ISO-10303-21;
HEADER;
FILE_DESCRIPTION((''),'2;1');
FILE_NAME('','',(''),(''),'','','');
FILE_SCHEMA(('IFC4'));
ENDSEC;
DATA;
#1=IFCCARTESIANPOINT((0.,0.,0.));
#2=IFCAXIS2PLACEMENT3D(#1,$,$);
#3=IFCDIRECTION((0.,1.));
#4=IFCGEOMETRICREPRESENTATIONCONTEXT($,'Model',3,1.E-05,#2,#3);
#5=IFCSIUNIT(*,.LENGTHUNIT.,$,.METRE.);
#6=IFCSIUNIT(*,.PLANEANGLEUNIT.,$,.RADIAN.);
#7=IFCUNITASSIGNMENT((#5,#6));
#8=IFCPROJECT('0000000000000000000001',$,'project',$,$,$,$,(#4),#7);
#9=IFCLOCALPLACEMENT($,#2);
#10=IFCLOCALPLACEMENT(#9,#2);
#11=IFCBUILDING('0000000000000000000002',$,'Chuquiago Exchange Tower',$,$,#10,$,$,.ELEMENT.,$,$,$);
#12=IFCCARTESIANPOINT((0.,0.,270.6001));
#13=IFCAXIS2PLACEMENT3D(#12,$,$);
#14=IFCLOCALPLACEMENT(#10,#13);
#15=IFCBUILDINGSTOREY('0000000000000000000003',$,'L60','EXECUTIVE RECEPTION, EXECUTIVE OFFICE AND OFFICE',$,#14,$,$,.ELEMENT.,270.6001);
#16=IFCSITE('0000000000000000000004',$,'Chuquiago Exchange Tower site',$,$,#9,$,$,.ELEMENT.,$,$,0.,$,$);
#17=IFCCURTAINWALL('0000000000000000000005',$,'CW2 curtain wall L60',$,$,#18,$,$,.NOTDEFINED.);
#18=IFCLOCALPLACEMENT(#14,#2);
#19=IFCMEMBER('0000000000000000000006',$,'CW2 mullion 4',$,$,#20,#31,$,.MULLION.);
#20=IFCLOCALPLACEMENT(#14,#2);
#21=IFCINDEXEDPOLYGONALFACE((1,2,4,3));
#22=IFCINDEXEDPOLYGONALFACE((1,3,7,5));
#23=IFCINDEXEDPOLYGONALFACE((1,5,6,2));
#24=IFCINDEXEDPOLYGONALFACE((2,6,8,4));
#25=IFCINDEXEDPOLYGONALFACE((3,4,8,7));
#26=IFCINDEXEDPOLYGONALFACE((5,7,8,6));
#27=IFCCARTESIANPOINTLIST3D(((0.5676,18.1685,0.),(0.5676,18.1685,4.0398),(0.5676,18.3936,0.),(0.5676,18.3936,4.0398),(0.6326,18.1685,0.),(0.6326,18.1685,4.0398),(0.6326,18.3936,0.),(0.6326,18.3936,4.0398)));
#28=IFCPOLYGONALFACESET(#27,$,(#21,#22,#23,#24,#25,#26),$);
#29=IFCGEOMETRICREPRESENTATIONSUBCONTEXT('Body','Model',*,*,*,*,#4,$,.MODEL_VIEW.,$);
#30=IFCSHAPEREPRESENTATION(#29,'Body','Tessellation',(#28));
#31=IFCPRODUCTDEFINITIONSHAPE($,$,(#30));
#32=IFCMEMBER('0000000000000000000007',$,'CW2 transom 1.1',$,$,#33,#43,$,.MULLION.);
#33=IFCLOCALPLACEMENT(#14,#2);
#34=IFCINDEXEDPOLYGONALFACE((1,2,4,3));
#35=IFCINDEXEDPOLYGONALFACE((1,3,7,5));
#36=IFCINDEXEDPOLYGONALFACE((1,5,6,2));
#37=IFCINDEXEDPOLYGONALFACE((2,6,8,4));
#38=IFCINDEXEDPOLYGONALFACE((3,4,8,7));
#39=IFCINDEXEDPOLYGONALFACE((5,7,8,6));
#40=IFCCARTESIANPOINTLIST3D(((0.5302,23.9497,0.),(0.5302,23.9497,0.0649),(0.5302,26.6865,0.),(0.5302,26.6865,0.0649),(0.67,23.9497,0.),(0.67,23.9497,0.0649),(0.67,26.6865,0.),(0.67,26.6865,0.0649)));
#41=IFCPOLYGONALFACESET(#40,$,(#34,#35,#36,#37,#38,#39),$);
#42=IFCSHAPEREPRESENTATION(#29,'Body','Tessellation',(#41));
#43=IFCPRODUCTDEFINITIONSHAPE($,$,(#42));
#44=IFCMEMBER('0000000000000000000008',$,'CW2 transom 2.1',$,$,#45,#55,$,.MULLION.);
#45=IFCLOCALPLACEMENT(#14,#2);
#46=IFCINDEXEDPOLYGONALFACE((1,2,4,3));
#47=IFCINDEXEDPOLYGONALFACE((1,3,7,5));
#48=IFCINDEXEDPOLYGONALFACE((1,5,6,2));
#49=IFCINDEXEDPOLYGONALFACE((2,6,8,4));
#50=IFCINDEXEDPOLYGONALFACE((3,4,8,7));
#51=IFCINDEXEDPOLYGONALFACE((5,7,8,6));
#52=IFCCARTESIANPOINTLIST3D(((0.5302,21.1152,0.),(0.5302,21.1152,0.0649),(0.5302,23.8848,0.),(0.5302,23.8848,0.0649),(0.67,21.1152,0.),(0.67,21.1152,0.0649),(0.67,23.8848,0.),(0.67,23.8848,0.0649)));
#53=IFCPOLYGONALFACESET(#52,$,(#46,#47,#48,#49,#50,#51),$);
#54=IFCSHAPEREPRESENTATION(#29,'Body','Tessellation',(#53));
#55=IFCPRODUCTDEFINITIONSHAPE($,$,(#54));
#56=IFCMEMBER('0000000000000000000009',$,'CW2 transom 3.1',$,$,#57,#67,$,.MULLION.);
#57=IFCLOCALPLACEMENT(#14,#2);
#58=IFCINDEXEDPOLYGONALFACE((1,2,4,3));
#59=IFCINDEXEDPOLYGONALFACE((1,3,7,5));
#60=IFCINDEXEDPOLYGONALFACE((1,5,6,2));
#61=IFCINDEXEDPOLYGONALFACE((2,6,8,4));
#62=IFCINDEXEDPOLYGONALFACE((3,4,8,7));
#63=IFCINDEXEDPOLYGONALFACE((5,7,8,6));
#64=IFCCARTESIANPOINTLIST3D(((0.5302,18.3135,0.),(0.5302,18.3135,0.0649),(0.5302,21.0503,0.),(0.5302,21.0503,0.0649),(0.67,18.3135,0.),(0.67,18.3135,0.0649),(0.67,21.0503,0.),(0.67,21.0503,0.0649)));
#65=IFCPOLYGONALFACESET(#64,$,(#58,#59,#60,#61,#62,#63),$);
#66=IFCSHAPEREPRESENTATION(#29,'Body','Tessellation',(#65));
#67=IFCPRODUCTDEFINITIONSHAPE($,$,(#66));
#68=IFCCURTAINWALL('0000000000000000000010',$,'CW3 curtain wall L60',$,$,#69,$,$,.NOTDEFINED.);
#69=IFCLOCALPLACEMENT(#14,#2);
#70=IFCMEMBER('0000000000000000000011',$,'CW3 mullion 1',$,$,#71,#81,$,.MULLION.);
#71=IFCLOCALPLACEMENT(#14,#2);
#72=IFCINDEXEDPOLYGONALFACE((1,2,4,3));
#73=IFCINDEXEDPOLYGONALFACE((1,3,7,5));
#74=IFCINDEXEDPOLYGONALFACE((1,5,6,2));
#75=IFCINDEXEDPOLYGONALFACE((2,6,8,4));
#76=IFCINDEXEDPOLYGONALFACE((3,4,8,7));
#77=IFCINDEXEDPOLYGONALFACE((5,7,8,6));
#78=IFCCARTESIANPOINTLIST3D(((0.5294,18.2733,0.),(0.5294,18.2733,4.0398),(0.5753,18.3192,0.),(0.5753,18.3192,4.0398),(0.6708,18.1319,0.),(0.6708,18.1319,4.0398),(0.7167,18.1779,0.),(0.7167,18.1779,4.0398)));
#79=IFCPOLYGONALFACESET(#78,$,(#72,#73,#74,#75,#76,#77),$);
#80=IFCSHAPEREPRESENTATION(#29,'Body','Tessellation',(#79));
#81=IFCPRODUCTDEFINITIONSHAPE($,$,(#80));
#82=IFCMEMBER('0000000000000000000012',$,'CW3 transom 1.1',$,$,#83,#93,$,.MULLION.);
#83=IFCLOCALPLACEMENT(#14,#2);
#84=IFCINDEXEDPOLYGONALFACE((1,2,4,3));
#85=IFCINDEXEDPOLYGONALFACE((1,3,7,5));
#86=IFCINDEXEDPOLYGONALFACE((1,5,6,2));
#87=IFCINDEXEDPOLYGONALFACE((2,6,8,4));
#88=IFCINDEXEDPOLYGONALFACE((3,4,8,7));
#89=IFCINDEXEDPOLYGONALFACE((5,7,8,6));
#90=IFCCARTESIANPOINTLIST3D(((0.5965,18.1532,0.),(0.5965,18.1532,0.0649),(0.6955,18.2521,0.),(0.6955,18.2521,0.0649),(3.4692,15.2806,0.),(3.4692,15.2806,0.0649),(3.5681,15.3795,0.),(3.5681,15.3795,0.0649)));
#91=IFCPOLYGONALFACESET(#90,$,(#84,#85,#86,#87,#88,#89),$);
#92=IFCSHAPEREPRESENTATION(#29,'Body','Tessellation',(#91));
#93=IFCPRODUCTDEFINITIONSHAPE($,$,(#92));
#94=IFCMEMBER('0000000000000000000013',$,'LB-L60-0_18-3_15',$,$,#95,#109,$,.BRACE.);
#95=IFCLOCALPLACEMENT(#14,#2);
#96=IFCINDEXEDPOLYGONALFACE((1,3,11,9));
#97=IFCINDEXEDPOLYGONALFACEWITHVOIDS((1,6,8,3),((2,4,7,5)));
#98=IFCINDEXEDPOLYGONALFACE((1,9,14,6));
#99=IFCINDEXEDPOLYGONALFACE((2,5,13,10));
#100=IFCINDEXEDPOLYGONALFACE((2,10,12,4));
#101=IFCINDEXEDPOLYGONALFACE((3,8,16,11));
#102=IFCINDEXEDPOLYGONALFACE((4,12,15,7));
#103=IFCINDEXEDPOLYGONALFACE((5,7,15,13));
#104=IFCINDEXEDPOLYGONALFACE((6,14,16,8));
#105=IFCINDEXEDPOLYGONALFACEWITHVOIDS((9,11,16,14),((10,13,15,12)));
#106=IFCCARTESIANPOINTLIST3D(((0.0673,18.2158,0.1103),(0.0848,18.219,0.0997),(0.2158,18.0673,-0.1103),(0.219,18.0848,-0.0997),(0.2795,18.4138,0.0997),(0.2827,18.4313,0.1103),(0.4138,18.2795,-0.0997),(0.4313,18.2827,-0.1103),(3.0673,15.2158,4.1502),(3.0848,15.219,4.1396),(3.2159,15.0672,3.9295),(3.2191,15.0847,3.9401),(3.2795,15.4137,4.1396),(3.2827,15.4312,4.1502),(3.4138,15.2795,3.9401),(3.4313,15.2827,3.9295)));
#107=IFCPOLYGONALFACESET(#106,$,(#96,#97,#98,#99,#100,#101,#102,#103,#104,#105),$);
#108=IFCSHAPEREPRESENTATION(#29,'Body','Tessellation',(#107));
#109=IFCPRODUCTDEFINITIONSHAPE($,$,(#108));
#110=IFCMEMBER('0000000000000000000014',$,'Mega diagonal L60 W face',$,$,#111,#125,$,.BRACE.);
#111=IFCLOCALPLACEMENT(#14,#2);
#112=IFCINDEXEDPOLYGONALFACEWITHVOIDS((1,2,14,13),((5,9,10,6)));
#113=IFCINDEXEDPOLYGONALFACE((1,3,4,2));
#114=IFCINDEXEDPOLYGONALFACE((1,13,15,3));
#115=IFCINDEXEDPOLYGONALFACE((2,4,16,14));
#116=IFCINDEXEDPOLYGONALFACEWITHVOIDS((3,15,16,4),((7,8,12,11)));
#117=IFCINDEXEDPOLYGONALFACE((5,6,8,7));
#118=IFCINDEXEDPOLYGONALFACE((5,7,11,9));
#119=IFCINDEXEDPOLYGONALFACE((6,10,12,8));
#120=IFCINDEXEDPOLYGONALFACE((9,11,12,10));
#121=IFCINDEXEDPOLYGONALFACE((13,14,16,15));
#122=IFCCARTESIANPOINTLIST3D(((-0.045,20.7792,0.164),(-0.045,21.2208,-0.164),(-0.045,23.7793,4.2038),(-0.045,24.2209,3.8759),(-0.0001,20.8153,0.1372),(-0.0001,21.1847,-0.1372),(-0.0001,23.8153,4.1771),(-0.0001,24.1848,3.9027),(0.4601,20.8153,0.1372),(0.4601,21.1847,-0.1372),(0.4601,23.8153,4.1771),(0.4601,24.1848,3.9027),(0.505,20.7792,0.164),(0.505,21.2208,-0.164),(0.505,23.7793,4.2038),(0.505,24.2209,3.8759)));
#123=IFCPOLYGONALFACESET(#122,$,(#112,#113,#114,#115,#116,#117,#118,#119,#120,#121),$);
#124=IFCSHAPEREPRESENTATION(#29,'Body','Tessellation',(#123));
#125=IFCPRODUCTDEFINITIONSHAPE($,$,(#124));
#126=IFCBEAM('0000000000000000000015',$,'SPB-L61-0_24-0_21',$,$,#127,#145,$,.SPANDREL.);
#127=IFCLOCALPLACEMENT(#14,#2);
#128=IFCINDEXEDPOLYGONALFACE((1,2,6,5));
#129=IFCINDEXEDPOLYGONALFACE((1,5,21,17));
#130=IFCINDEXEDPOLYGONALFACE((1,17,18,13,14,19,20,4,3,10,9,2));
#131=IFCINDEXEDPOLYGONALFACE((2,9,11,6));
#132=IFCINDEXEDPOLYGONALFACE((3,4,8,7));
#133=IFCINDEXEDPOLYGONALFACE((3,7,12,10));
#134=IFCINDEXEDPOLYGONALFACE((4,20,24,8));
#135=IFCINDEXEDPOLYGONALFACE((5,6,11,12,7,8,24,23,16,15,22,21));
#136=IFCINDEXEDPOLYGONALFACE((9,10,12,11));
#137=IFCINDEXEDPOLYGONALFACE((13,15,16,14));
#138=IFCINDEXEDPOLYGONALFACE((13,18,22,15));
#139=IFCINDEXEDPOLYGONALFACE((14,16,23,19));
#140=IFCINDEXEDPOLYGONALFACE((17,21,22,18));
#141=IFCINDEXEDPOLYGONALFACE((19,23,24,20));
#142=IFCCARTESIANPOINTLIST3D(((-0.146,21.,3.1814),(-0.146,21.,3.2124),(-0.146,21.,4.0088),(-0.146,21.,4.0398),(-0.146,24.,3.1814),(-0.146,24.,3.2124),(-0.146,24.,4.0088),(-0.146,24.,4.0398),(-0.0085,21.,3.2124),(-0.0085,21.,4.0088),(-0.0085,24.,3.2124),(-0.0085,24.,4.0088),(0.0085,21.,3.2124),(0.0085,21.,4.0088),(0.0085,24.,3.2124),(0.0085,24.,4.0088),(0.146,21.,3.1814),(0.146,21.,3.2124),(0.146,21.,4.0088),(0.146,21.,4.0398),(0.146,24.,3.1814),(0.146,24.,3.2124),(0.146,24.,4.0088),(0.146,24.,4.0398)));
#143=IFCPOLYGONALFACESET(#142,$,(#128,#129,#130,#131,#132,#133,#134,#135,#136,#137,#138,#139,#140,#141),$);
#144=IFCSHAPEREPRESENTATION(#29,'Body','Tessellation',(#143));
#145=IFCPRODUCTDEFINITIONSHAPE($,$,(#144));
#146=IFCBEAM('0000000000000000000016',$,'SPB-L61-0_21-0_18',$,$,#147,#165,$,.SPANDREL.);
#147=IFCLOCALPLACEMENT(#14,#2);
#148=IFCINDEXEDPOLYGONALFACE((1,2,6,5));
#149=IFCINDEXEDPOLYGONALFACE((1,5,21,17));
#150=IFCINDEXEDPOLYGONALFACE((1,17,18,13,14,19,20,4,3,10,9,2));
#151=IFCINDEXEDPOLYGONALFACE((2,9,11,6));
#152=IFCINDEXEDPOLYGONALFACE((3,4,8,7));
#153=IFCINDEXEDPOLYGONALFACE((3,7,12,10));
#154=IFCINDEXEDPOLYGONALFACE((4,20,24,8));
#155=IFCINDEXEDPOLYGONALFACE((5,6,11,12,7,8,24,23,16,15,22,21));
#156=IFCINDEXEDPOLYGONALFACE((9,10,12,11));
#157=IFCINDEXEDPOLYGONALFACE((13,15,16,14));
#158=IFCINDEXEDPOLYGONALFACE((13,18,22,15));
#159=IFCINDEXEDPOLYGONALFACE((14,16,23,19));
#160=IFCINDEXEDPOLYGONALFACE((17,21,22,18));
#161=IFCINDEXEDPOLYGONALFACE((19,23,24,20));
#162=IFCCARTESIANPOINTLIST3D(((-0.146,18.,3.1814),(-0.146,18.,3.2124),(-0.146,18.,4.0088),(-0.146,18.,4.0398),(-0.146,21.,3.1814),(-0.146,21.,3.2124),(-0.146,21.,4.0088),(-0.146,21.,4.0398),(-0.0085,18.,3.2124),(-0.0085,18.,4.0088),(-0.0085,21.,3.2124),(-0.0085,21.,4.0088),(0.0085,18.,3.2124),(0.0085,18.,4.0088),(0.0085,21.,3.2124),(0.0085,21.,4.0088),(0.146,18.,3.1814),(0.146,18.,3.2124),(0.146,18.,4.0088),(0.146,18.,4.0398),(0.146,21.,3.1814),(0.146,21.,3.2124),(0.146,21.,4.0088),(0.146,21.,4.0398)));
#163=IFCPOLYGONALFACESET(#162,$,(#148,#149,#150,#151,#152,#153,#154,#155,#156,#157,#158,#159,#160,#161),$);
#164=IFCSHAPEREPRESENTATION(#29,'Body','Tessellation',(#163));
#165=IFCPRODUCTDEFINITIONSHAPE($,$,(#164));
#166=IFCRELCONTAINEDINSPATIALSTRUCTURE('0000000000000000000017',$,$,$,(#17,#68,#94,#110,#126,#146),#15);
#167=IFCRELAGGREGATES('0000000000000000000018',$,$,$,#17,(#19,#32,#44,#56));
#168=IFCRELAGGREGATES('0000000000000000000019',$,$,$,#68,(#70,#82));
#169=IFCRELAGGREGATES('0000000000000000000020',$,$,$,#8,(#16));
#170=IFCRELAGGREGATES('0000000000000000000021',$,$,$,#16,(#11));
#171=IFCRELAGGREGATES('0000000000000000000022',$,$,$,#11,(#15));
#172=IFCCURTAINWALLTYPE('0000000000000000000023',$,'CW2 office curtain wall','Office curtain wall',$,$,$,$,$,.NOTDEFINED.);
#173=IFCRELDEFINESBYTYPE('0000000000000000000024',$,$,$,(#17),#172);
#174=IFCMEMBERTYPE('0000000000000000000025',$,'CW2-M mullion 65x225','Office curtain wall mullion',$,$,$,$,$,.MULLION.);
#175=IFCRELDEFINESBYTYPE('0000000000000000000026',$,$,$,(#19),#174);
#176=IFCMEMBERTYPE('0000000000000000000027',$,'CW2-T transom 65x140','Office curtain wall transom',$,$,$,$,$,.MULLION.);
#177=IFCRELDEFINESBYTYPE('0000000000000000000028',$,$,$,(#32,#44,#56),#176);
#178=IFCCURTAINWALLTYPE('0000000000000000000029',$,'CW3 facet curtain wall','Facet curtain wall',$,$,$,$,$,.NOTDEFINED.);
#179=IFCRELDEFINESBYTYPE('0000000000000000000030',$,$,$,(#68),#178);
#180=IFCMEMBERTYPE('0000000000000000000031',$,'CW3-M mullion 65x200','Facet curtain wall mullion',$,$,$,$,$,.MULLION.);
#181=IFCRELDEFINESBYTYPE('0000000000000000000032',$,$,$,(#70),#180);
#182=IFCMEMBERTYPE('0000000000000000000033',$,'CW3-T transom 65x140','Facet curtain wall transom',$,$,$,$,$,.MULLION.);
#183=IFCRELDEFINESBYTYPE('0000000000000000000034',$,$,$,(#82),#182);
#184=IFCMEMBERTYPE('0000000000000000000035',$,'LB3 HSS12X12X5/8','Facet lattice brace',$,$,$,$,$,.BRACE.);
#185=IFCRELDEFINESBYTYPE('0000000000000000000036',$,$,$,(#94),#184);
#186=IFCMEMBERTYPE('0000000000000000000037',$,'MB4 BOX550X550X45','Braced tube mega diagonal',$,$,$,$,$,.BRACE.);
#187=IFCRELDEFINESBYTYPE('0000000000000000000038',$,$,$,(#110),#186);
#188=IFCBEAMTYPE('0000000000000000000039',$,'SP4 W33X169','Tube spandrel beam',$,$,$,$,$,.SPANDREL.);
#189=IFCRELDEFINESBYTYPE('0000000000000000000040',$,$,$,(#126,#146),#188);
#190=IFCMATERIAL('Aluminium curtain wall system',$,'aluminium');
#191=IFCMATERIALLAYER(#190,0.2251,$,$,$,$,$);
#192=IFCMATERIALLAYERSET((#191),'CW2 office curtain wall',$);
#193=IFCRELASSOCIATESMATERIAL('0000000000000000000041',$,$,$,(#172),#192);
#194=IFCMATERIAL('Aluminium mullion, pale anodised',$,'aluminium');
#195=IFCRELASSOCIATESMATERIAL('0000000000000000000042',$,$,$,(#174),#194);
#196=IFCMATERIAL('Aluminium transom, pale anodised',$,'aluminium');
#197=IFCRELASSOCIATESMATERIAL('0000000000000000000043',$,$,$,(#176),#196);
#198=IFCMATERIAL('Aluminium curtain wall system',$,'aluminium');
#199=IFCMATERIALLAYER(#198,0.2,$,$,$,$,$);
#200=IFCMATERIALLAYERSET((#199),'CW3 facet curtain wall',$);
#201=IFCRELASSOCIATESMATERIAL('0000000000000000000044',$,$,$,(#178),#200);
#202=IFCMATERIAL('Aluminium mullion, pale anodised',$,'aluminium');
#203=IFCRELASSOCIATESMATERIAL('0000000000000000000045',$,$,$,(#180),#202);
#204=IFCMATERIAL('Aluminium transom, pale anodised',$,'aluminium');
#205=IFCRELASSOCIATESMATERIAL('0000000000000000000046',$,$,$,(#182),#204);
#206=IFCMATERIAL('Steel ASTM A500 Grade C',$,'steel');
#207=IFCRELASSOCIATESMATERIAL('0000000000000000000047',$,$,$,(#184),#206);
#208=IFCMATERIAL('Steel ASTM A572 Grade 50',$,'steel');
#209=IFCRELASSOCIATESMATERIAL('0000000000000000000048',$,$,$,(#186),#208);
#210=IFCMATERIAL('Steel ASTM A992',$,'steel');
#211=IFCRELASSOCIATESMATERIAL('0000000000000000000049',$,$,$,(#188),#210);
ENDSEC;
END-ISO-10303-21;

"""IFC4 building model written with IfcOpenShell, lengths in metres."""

from ifc_helpers import new_model, si_unit, direction, frame, origin, origin_2d, place, context, subcontext, project, spatial, rectangle, hollow_rectangle, i_section, extrude, material, layer, layer_set, material_profile, profile_set, type_object, element, aggregate, save


model = new_model("IFC4")

# Units and contexts
model_context = context("Model", 3, precision=1e-05, world=origin(), true_north=direction((0.0, 1.0)))
body_context = subcontext(model_context, "Body", "Model", "MODEL_VIEW")
ifc_project = project(units=[si_unit("LENGTHUNIT", "METRE"), si_unit("PLANEANGLEUNIT", "RADIAN")], contexts=[model_context])

# Site, building, storey
site_placement = place(None, origin())
site = spatial("IfcSite", under=ifc_project, at=site_placement, Name="Chuquiago Exchange Tower site", CompositionType="ELEMENT", RefElevation=0.0)
building_placement = place(site_placement, origin())
building = spatial("IfcBuilding", under=site, at=building_placement, Name="Chuquiago Exchange Tower", CompositionType="ELEMENT")
storey_placement = place(building_placement, frame((0.0, 0.0, 270.6001)))
storey = spatial("IfcBuildingStorey", under=building, at=storey_placement, Name="L60", Description="EXECUTIVE RECEPTION, EXECUTIVE OFFICE AND OFFICE", CompositionType="ELEMENT", Elevation=270.6001)

# Curtain walls, members
ifc_material_1 = material(Name="Aluminium curtain wall system", Category="aluminium")
ifc_layer_1 = layer(ifc_material_1, 0.2251)
ifc_layer_set_1 = layer_set([ifc_layer_1], Name="CW2 office curtain wall")
curtain_wall_type_1 = type_object("IfcCurtainWallType", Name="CW2 office curtain wall", Description="Office curtain wall", PredefinedType="NOTDEFINED", material=ifc_layer_set_1)
curtain_wall_1_placement = place(storey_placement, origin())
curtain_wall_1 = element("IfcCurtainWall", 1, at=curtain_wall_1_placement, inside=storey, type_object=curtain_wall_type_1, Name="CW2 curtain wall L60", PredefinedType="NOTDEFINED")
ifc_material_2 = material(Name="Aluminium mullion, pale anodised", Category="aluminium")
ifc_material_profile_1 = material_profile(ifc_material_2, rectangle(XDim=0.0649, YDim=0.2251, at=origin_2d()), Name="AL 65x225")
ifc_profile_set_1 = profile_set([ifc_material_profile_1], Name="Aluminium mullion, pale anodised")
member_type_1 = type_object("IfcMemberType", Name="CW2-M mullion 65x225", Description="Office curtain wall mullion", PredefinedType="MULLION", material=ifc_profile_set_1)
member_1_placement = place(storey_placement, frame((0.6001, 18.281, 0.0), z_axis=(0.0, 0.0, 1.0), x_axis=(1.0, 0.0, 0.0)))
member_1 = element("IfcMember", 2, at=member_1_placement, type_object=member_type_1, Name="CW2 mullion 4", PredefinedType="MULLION", context=body_context, shape_type="SweptSolid", body=[
    extrude(rectangle(XDim=0.0649, YDim=0.2251, at=origin_2d()), origin(), (0.0, 0.0, 1.0), 4.0398),
])
ifc_material_3 = material(Name="Aluminium transom, pale anodised", Category="aluminium")
ifc_material_profile_2 = material_profile(ifc_material_3, rectangle(XDim=0.1399, YDim=0.0649, at=origin_2d()), Name="AL 140x65")
ifc_profile_set_2 = profile_set([ifc_material_profile_2], Name="Aluminium transom, pale anodised")
member_type_2 = type_object("IfcMemberType", Name="CW2-T transom 65x140", Description="Office curtain wall transom", PredefinedType="MULLION", material=ifc_profile_set_2)
member_2_placement = place(storey_placement, frame((0.6001, 26.6865, 0.0325), z_axis=(0.0, -1.0, 0.0), x_axis=(1.0, 0.0, 0.0)))
member_2 = element("IfcMember", 3, at=member_2_placement, type_object=member_type_2, Name="CW2 transom 1.1", PredefinedType="MULLION", context=body_context, shape_type="SweptSolid", body=[
    extrude(rectangle(XDim=0.1399, YDim=0.0649, at=origin_2d()), origin(), (0.0, 0.0, 1.0), 2.7368),
])
member_3_placement = place(storey_placement, frame((0.6001, 23.8848, 0.0325), z_axis=(0.0, -1.0, 0.0), x_axis=(1.0, 0.0, 0.0)))
member_3 = element("IfcMember", 4, at=member_3_placement, type_object=member_type_2, Name="CW2 transom 2.1", PredefinedType="MULLION", context=body_context, shape_type="SweptSolid", body=[
    extrude(rectangle(XDim=0.1399, YDim=0.0649, at=origin_2d()), origin(), (0.0, 0.0, 1.0), 2.7695),
])
member_4_placement = place(storey_placement, frame((0.6001, 21.0503, 0.0325), z_axis=(0.0, -1.0, 0.0), x_axis=(1.0, 0.0, 0.0)))
member_4 = element("IfcMember", 5, at=member_4_placement, type_object=member_type_2, Name="CW2 transom 3.1", PredefinedType="MULLION", context=body_context, shape_type="SweptSolid", body=[
    extrude(rectangle(XDim=0.1399, YDim=0.0649, at=origin_2d()), origin(), (0.0, 0.0, 1.0), 2.7368),
])
ifc_material_4 = material(Name="Aluminium curtain wall system", Category="aluminium")
ifc_layer_2 = layer(ifc_material_4, 0.2)
ifc_layer_set_2 = layer_set([ifc_layer_2], Name="CW3 facet curtain wall")
curtain_wall_type_2 = type_object("IfcCurtainWallType", Name="CW3 facet curtain wall", Description="Facet curtain wall", PredefinedType="NOTDEFINED", material=ifc_layer_set_2)
curtain_wall_2_placement = place(storey_placement, origin())
curtain_wall_2 = element("IfcCurtainWall", 6, at=curtain_wall_2_placement, inside=storey, type_object=curtain_wall_type_2, Name="CW3 curtain wall L60", PredefinedType="NOTDEFINED")
ifc_material_5 = material(Name="Aluminium mullion, pale anodised", Category="aluminium")
ifc_material_profile_3 = material_profile(ifc_material_5, rectangle(XDim=0.0649, YDim=0.2, at=origin_2d()), Name="AL 65x200")
ifc_profile_set_3 = profile_set([ifc_material_profile_3], Name="Aluminium mullion, pale anodised")
member_type_3 = type_object("IfcMemberType", Name="CW3-M mullion 65x200", Description="Facet curtain wall mullion", PredefinedType="MULLION", material=ifc_profile_set_3)
member_5_placement = place(storey_placement, frame((0.623, 18.2256, 0.0), z_axis=(0.0, 0.0, 1.0), x_axis=(0.707107, 0.707107, 0.0)))
member_5 = element("IfcMember", 7, at=member_5_placement, type_object=member_type_3, Name="CW3 mullion 1", PredefinedType="MULLION", context=body_context, shape_type="SweptSolid", body=[
    extrude(rectangle(XDim=0.0649, YDim=0.2, at=origin_2d()), origin(), (0.0, 0.0, 1.0), 4.0398),
])
ifc_material_6 = material(Name="Aluminium transom, pale anodised", Category="aluminium")
ifc_material_profile_4 = material_profile(ifc_material_6, rectangle(XDim=0.1399, YDim=0.0649, at=origin_2d()), Name="AL 140x65")
ifc_profile_set_4 = profile_set([ifc_material_profile_4], Name="Aluminium transom, pale anodised")
member_type_4 = type_object("IfcMemberType", Name="CW3-T transom 65x140", Description="Facet curtain wall transom", PredefinedType="MULLION", material=ifc_profile_set_4)
member_6_placement = place(storey_placement, frame((0.646, 18.2026, 0.0325), z_axis=(0.707107, -0.707107, 0.0), x_axis=(0.707107, 0.707107, 0.0)))
member_6 = element("IfcMember", 8, at=member_6_placement, type_object=member_type_4, Name="CW3 transom 1.1", PredefinedType="MULLION", context=body_context, shape_type="SweptSolid", body=[
    extrude(rectangle(XDim=0.1399, YDim=0.0649, at=origin_2d()), origin(), (0.0, 0.0, 1.0), 4.0625),
])

# Members
ifc_material_7 = material(Name="Steel ASTM A500 Grade C", Category="steel")
ifc_material_profile_5 = material_profile(ifc_material_7, hollow_rectangle(XDim=0.3047, YDim=0.3047, WallThickness=0.0146, at=origin_2d()), Name="HSS12X12X5/8")
ifc_profile_set_5 = profile_set([ifc_material_profile_5], Name="Steel ASTM A500 Grade C")
member_type_5 = type_object("IfcMemberType", Name="LB3 HSS12X12X5/8", Description="Facet lattice brace", PredefinedType="BRACE", material=ifc_profile_set_5)
member_7_placement = place(storey_placement, frame((0.2493, 18.2493, 0.0), z_axis=(0.512092, -0.512092, 0.689582), x_axis=(0.707107, 0.707107, 0.0)))
element("IfcMember", 9, at=member_7_placement, inside=storey, type_object=member_type_5, Name="LB-L60-0_18-3_15", PredefinedType="BRACE", context=body_context, shape_type="SweptSolid", body=[
    extrude(hollow_rectangle(XDim=0.3047, YDim=0.3047, WallThickness=0.0146, at=origin_2d()), origin(), (0.0, 0.0, 1.0), 5.8584),
])
ifc_material_8 = material(Name="Steel ASTM A572 Grade 50", Category="steel")
ifc_material_profile_6 = material_profile(ifc_material_8, hollow_rectangle(XDim=0.55, YDim=0.55, WallThickness=0.0449, at=origin_2d()), Name="BOX550X550X45")
ifc_profile_set_6 = profile_set([ifc_material_profile_6], Name="Steel ASTM A572 Grade 50")
member_type_6 = type_object("IfcMemberType", Name="MB4 BOX550X550X45", Description="Braced tube mega diagonal", PredefinedType="BRACE", material=ifc_profile_set_6)
member_8_placement = place(storey_placement, frame((0.23, 21.0, 0.0), z_axis=(0.0, 0.596197, 0.802838), x_axis=(-1.0, 0.0, 0.0)))
element("IfcMember", 10, at=member_8_placement, inside=storey, type_object=member_type_6, Name="Mega diagonal L60 W face", PredefinedType="BRACE", context=body_context, shape_type="SweptSolid", body=[
    extrude(hollow_rectangle(XDim=0.55, YDim=0.55, WallThickness=0.0449, at=origin_2d()), origin(), (0.0, 0.0, 1.0), 5.032),
])

# Beams
ifc_material_9 = material(Name="Steel ASTM A992", Category="steel")
ifc_material_profile_7 = material_profile(ifc_material_9, i_section(OverallWidth=0.292, OverallDepth=0.8584, WebThickness=0.0171, FlangeThickness=0.031, at=origin_2d()), Name="W33X169")
ifc_profile_set_7 = profile_set([ifc_material_profile_7], Name="Steel ASTM A992")
beam_type_1 = type_object("IfcBeamType", Name="SP4 W33X169", Description="Tube spandrel beam", PredefinedType="SPANDREL", material=ifc_profile_set_7)
for number, where, z_axis, x_axis, name in (
    (11, (0.0, 24.0, 3.6106), (0.0, -1.0, 0.0), (1.0, 0.0, 0.0), "SPB-L61-0_24-0_21"),
    (12, (0.0, 21.0, 3.6106), (0.0, -1.0, 0.0), (1.0, 0.0, 0.0), "SPB-L61-0_21-0_18"),
):
    element("IfcBeam", number, at=place(storey_placement, frame(where, z_axis=z_axis, x_axis=x_axis)), inside=storey, type_object=beam_type_1, Name=name, PredefinedType="SPANDREL", context=body_context, shape_type="SweptSolid", body=[
        extrude(i_section(OverallWidth=0.292, OverallDepth=0.8584, WebThickness=0.0171, FlangeThickness=0.031, at=origin_2d()), origin(), (0.0, 0.0, 1.0), 3.0),
    ])

aggregate(curtain_wall_1, [member_1, member_2, member_3, member_4])
aggregate(curtain_wall_2, [member_5, member_6])

save(model, "model.ifc")
